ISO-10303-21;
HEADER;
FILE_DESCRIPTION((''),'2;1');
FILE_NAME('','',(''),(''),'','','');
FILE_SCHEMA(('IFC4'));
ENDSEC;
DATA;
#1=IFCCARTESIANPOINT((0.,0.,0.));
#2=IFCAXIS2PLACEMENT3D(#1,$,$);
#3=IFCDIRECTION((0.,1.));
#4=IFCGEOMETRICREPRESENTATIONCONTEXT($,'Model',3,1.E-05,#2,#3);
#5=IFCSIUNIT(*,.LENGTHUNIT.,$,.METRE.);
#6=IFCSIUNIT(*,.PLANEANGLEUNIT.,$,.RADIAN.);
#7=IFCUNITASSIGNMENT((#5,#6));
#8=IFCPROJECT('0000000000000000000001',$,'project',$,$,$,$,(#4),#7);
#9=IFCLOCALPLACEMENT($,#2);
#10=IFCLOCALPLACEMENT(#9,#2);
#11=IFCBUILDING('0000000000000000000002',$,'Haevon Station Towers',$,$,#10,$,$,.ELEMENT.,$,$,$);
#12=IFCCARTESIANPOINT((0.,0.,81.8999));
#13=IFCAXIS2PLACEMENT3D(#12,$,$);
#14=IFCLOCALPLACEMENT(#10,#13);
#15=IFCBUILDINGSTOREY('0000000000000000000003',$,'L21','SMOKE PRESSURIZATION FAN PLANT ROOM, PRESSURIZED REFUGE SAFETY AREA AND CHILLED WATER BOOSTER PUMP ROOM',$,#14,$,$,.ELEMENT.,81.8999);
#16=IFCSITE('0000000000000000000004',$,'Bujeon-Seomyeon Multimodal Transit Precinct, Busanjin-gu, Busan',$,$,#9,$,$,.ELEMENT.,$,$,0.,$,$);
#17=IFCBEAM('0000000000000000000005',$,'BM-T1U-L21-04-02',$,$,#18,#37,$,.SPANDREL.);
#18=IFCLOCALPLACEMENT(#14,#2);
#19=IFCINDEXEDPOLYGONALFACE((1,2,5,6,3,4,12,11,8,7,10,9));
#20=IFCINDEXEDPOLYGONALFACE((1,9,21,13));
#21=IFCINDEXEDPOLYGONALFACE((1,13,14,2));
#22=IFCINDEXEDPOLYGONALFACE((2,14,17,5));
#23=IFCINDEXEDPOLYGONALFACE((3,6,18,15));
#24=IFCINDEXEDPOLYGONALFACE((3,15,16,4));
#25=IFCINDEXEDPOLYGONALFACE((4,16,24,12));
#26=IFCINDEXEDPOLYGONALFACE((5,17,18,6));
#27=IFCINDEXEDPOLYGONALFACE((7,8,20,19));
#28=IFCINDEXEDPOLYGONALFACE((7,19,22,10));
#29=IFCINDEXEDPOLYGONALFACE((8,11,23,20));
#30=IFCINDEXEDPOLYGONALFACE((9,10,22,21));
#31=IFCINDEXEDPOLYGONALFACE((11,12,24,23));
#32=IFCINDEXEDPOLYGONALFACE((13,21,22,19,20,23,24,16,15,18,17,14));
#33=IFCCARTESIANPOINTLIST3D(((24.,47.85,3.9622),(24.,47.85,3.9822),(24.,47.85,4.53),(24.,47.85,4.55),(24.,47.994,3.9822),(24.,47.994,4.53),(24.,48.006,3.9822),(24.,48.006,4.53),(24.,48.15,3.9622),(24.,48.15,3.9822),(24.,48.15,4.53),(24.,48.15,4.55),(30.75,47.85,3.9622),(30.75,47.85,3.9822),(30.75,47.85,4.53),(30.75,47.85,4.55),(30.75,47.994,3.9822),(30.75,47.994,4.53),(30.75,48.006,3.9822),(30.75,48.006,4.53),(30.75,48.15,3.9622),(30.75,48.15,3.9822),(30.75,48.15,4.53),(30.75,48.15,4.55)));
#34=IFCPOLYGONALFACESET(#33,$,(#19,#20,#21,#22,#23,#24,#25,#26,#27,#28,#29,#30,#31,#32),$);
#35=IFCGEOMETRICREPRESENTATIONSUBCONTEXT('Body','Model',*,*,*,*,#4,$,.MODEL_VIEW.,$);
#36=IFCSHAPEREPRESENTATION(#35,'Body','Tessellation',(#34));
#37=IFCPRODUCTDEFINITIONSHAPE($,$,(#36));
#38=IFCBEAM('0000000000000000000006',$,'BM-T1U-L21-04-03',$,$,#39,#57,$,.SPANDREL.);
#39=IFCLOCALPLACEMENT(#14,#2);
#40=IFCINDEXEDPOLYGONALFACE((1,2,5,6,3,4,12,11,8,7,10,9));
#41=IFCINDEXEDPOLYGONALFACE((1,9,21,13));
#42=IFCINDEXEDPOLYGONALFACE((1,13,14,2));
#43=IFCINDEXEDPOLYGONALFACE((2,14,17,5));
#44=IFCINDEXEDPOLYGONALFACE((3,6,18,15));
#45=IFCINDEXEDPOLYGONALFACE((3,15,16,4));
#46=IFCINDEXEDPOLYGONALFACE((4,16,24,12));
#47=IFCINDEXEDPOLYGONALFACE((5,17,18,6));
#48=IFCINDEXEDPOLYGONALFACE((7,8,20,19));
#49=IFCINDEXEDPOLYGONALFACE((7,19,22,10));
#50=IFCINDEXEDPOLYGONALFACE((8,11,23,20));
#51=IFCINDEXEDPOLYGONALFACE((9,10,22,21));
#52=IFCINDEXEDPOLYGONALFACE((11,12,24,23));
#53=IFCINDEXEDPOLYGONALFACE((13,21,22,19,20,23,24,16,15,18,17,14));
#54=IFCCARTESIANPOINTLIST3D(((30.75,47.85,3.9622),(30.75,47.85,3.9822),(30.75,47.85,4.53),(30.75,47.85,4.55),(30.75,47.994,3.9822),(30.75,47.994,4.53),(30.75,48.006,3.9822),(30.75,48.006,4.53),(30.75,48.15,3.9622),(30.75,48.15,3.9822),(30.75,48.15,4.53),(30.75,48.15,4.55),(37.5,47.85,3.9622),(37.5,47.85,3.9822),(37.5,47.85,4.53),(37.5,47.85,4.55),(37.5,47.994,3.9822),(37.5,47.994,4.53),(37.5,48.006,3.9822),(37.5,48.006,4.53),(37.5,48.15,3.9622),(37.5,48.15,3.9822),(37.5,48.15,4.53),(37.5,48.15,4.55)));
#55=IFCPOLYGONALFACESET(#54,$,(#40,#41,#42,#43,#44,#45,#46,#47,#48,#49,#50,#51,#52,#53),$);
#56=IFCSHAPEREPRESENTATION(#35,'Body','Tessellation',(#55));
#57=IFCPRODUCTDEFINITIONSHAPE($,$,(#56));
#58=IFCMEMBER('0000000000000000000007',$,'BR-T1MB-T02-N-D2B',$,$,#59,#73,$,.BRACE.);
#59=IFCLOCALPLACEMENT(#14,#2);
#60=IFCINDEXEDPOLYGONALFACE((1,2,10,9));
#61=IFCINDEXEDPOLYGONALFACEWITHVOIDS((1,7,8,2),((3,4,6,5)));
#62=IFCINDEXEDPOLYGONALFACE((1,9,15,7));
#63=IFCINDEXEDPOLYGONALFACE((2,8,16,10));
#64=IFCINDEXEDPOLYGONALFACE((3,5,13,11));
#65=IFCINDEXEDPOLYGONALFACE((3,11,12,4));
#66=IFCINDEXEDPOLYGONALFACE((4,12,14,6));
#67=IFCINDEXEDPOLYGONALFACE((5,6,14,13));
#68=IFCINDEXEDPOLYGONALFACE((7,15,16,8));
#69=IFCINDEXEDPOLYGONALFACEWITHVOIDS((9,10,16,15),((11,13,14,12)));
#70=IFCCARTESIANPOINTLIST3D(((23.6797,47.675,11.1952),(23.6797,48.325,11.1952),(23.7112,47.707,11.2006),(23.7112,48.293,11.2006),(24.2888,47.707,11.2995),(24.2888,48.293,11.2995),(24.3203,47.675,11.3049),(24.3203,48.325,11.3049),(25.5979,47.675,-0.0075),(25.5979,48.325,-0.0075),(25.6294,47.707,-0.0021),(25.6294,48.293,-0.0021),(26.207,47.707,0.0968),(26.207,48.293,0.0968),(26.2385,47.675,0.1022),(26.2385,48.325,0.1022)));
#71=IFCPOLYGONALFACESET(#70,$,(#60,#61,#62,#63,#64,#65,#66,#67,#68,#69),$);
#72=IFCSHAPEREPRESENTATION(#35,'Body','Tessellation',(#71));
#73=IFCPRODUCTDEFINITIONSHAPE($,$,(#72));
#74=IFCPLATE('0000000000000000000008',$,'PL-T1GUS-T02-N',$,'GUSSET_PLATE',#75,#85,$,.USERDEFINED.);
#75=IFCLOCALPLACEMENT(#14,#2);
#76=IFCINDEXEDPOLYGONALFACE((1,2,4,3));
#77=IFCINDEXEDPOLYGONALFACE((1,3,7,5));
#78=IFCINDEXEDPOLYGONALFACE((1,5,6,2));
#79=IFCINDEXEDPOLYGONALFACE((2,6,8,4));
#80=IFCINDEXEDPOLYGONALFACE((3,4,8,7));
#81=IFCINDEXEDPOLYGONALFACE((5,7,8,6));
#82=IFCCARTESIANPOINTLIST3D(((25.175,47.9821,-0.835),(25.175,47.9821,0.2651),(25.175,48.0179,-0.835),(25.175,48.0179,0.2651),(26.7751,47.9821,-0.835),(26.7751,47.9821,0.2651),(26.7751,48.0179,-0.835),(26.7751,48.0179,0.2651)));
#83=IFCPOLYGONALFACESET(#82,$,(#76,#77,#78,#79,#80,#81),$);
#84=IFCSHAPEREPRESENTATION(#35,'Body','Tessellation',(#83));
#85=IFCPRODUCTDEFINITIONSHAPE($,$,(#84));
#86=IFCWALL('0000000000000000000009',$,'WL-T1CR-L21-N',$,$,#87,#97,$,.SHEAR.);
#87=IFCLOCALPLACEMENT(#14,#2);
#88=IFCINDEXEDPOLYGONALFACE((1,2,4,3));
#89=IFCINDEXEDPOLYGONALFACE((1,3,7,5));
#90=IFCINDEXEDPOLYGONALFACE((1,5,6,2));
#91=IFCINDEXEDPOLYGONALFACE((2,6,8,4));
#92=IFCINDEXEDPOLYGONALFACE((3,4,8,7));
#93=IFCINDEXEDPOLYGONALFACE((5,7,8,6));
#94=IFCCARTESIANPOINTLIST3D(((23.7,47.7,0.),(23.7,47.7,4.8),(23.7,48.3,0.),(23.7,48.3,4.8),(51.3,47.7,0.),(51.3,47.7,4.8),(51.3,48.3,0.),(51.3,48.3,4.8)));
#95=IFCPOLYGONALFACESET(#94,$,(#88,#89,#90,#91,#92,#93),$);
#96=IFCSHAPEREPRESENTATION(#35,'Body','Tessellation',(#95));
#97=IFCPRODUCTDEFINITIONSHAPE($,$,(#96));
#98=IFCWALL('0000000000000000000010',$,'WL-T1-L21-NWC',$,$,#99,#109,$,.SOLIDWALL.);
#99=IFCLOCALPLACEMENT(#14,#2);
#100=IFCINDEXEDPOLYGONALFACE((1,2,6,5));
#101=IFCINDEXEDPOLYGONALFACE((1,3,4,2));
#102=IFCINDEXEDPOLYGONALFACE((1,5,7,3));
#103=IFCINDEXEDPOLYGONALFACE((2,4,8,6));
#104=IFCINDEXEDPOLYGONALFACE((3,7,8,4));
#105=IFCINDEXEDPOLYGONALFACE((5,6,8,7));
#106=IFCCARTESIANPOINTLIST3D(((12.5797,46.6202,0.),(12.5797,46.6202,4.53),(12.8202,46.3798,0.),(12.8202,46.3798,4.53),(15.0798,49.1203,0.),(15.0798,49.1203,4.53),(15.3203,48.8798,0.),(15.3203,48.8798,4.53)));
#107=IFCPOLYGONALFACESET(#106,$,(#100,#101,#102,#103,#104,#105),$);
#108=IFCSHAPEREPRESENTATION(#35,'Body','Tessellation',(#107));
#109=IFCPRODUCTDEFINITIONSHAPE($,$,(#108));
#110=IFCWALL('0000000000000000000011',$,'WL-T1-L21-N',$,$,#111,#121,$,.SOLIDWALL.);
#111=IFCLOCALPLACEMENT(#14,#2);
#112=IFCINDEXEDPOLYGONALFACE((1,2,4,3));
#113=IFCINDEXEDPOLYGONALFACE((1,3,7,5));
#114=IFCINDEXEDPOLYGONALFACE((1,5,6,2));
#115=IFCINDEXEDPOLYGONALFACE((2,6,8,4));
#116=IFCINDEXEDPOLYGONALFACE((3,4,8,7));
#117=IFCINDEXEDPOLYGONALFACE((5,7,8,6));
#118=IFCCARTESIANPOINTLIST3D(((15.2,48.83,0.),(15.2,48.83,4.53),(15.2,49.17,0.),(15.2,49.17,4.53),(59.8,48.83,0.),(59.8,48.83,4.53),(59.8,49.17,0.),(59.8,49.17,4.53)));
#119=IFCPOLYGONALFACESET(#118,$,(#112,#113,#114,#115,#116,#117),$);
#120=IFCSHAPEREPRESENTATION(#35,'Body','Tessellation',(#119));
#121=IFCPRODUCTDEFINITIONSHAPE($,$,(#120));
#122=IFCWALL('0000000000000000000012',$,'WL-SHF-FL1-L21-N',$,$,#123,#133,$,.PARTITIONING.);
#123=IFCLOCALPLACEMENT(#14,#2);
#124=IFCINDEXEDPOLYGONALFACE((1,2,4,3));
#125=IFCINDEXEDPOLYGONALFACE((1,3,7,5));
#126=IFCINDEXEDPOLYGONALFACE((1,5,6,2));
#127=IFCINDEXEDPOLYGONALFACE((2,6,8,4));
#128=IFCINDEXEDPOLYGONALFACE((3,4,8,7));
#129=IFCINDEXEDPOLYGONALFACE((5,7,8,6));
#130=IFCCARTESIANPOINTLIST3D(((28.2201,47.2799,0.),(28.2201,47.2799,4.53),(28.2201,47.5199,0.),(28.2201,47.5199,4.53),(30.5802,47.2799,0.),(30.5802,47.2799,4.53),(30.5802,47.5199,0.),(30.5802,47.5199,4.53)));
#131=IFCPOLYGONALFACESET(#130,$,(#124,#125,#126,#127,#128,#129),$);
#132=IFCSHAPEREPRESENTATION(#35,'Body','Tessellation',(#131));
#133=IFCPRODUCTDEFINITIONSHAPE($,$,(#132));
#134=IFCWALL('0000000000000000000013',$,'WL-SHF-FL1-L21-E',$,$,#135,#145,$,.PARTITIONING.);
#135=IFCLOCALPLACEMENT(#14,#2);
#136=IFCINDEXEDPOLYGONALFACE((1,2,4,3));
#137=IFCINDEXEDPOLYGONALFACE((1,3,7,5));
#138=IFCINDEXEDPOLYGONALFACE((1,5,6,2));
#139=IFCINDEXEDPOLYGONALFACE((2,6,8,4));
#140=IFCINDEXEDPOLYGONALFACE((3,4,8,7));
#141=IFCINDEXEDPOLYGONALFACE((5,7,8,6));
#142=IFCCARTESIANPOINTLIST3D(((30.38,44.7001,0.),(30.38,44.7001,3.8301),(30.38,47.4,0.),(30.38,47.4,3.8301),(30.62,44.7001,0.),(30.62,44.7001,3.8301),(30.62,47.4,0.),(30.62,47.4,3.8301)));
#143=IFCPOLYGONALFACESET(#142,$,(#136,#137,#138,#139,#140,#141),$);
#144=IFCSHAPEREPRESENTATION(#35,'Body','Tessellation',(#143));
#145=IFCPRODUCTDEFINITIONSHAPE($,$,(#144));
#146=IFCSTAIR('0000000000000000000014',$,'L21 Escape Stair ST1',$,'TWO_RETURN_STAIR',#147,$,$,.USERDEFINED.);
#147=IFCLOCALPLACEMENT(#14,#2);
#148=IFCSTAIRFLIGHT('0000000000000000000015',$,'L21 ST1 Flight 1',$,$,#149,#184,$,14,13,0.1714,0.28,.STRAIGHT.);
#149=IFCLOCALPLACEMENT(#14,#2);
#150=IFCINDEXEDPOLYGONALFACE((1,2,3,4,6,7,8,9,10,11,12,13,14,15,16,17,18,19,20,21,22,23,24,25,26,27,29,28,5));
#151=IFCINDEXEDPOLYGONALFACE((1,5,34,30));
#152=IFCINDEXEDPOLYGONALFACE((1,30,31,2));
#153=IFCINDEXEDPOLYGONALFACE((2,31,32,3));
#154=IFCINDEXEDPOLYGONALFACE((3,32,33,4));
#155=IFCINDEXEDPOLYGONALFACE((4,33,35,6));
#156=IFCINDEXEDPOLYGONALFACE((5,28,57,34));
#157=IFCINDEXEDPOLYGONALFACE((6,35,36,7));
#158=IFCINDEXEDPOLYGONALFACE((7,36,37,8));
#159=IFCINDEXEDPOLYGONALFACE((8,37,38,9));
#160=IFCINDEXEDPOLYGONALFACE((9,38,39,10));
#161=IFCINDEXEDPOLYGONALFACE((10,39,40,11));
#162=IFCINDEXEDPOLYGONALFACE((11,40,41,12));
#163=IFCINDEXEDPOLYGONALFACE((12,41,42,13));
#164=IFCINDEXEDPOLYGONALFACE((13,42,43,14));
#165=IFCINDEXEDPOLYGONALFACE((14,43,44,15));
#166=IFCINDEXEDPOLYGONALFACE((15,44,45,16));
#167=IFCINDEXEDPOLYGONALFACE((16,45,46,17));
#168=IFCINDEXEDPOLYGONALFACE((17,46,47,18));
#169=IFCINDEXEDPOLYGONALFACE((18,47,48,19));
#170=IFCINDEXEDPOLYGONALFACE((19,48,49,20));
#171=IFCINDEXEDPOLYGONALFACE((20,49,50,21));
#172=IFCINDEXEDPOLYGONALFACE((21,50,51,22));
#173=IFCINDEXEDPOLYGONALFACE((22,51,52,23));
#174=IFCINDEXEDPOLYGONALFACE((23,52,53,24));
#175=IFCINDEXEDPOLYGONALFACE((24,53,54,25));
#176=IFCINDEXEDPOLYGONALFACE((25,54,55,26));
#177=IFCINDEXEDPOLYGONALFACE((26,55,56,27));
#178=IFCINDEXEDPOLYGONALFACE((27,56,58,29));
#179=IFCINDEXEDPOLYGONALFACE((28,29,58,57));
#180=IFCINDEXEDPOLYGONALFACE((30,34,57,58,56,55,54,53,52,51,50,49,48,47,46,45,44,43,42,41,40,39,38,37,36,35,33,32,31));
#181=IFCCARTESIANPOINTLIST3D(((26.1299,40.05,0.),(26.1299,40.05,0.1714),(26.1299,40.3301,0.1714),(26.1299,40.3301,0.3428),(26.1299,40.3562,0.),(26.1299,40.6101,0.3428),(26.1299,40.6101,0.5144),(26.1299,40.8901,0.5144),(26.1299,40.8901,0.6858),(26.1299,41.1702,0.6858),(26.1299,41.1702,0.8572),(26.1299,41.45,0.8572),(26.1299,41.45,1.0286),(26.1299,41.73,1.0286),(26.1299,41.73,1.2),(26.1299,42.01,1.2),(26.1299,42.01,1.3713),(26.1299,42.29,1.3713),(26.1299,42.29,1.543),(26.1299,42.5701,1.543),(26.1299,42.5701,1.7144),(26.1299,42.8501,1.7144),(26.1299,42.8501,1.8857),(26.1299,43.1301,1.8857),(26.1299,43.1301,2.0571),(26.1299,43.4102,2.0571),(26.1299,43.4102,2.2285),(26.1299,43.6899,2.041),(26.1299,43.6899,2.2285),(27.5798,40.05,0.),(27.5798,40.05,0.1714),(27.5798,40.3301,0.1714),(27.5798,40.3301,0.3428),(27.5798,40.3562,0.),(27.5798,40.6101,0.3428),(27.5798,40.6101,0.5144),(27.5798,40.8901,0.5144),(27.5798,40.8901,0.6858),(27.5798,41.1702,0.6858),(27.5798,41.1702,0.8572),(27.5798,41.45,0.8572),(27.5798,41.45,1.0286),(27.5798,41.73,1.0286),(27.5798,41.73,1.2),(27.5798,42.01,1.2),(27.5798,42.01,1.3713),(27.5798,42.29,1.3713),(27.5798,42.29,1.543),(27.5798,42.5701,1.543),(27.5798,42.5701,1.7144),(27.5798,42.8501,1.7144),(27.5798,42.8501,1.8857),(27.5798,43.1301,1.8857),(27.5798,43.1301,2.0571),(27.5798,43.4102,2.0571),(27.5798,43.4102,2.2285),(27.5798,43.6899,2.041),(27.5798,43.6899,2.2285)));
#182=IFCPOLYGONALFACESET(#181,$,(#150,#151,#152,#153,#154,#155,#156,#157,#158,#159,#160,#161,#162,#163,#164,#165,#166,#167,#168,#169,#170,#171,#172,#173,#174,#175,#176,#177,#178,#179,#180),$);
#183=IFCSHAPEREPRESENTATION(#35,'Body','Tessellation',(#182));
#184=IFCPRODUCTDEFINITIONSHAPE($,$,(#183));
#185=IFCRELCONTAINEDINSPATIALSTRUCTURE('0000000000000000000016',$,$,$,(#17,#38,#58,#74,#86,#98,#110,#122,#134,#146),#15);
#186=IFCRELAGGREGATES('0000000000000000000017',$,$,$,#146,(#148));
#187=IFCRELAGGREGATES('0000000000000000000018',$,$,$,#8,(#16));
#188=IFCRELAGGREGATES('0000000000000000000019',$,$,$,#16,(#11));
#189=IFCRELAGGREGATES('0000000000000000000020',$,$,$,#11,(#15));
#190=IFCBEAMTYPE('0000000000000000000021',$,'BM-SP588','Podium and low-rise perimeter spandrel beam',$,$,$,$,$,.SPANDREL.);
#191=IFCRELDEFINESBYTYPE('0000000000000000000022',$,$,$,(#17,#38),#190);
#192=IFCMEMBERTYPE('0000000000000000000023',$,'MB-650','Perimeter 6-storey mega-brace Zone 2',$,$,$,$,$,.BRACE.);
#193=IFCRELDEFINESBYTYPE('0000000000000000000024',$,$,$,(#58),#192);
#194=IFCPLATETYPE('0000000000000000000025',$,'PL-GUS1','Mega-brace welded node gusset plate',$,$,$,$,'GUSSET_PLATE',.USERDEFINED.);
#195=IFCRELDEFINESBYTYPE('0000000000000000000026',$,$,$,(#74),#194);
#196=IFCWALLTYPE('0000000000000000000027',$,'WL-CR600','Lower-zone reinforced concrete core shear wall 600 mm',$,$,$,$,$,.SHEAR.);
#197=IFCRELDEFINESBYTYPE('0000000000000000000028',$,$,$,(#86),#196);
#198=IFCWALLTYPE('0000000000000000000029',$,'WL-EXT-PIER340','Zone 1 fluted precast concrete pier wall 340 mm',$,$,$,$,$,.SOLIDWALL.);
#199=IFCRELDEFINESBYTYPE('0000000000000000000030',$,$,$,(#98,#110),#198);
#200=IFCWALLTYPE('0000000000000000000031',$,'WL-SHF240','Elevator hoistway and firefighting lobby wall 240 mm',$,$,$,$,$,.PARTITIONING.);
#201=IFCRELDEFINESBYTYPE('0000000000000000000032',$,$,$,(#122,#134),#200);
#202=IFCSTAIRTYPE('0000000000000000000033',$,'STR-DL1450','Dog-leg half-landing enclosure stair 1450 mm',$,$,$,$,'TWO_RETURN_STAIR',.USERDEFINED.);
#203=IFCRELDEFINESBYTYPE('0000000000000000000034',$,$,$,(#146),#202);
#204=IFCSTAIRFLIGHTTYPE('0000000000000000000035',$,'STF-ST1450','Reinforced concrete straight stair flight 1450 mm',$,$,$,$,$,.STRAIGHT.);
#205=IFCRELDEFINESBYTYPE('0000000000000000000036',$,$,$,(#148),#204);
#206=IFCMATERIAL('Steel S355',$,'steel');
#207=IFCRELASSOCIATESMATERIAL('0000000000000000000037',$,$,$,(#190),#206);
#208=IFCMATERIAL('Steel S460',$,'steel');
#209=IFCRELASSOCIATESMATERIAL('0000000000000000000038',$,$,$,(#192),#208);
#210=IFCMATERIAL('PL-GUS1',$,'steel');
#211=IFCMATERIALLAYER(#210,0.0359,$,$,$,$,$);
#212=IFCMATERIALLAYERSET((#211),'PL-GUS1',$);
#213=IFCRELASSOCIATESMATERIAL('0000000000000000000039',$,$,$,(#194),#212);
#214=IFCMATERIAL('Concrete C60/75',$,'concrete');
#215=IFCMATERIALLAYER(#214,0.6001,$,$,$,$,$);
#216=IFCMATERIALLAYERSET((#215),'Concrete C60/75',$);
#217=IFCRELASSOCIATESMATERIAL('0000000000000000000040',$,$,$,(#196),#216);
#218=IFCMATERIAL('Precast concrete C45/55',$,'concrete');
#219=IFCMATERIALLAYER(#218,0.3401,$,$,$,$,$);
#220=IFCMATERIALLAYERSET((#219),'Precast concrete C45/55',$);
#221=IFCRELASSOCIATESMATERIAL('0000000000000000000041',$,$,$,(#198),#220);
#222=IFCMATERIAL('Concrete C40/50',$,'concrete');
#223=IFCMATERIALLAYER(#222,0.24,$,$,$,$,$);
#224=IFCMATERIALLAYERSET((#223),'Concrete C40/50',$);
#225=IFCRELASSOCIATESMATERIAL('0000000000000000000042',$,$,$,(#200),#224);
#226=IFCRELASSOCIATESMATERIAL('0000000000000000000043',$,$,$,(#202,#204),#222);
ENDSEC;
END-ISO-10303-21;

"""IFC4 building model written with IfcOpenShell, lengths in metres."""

from ifc_helpers import new_model, si_unit, direction, frame, frame_2d, origin, origin_2d, place, context, subcontext, project, spatial, polyline, rectangle, hollow_rectangle, i_section, outline, extrude, material, layer, layer_set, material_profile, profile_set, type_object, element, aggregate, save


model = new_model("IFC4")

# Units and contexts
model_context = context("Model", 3, precision=1e-05, world=origin(), true_north=direction((0.0, 1.0)))
body_context = subcontext(model_context, "Body", "Model", "MODEL_VIEW")
ifc_project = project(units=[si_unit("LENGTHUNIT", "METRE"), si_unit("PLANEANGLEUNIT", "RADIAN")], contexts=[model_context])

# Site, building, storey
site_placement = place(None, origin())
site = spatial("IfcSite", under=ifc_project, at=site_placement, Name="Bujeon-Seomyeon Multimodal Transit Precinct, Busanjin-gu, Busan", CompositionType="ELEMENT", RefElevation=0.0)
building_placement = place(site_placement, origin())
building = spatial("IfcBuilding", under=site, at=building_placement, Name="Haevon Station Towers", CompositionType="ELEMENT")
storey_placement = place(building_placement, frame((0.0, 0.0, 81.8999)))
storey = spatial("IfcBuildingStorey", under=building, at=storey_placement, Name="L21", Description="SMOKE PRESSURIZATION FAN PLANT ROOM, PRESSURIZED REFUGE SAFETY AREA AND CHILLED WATER BOOSTER PUMP ROOM", CompositionType="ELEMENT", Elevation=81.8999)

# Shared definitions
ifc_material_1 = material(Name="Steel S460", Category="steel")

# Beams
ifc_material_2 = material(Name="Steel S355", Category="steel")
ifc_material_profile_1 = material_profile(ifc_material_2, i_section(OverallWidth=0.3, OverallDepth=0.5879, WebThickness=0.012, FlangeThickness=0.02, at=origin_2d()), Name="H-588x300x12x20")
ifc_profile_set_1 = profile_set([ifc_material_profile_1], Name="Steel S355")
beam_type_1 = type_object("IfcBeamType", Name="BM-SP588", Description="Podium and low-rise perimeter spandrel beam", PredefinedType="SPANDREL", material=ifc_profile_set_1)
for number, where, z_axis, x_axis, name in (
    (1, (24.0, 48.0, 4.2561), (1.0, 0.0, 0.0), (0.0, 1.0, 0.0), "BM-T1U-L21-04-02"),
    (2, (30.75, 48.0, 4.2561), (1.0, 0.0, 0.0), (0.0, 1.0, 0.0), "BM-T1U-L21-04-03"),
):
    element("IfcBeam", number, at=place(storey_placement, frame(where, z_axis=z_axis, x_axis=x_axis)), inside=storey, type_object=beam_type_1, Name=name, PredefinedType="SPANDREL", context=body_context, shape_type="SweptSolid", body=[
        extrude(i_section(OverallWidth=0.3, OverallDepth=0.5879, WebThickness=0.012, FlangeThickness=0.02, at=origin_2d()), origin(), (0.0, 0.0, 1.0), 6.75),
    ])

# Member
ifc_material_profile_2 = material_profile(ifc_material_1, hollow_rectangle(XDim=0.6499, YDim=0.6499, WallThickness=0.032, at=origin_2d()), Name="RHS-650x650x32")
ifc_profile_set_2 = profile_set([ifc_material_profile_2], Name="Steel S460")
member_type = type_object("IfcMemberType", Name="MB-650", Description="Perimeter 6-storey mega-brace Zone 2", PredefinedType="BRACE", material=ifc_profile_set_2)
member_placement = place(storey_placement, frame((25.9182, 48.0, 0.0474), z_axis=(-0.168772, 0.0, 0.985655), x_axis=(0.0, -1.0, 0.0)))
element("IfcMember", 3, at=member_placement, inside=storey, type_object=member_type, Name="BR-T1MB-T02-N-D2B", PredefinedType="BRACE", context=body_context, shape_type="SweptSolid", body=[
    extrude(hollow_rectangle(XDim=0.6499, YDim=0.6499, WallThickness=0.032, at=origin_2d()), origin(), (0.0, 0.0, 1.0), 11.3657),
])

# Plate
ifc_material_3 = material(Name="PL-GUS1", Category="steel")
ifc_layer_1 = layer(ifc_material_3, 0.0359)
ifc_layer_set_1 = layer_set([ifc_layer_1], Name="PL-GUS1")
plate_type = type_object("IfcPlateType", Name="PL-GUS1", Description="Mega-brace welded node gusset plate", ElementType="GUSSET_PLATE", PredefinedType="USERDEFINED", material=ifc_layer_set_1)
plate_placement = place(storey_placement, frame((25.9751, 48.0, -0.835), z_axis=(0.0, 0.0, 1.0), x_axis=(1.0, 0.0, 0.0)))
element("IfcPlate", 4, at=plate_placement, inside=storey, type_object=plate_type, Name="PL-T1GUS-T02-N", ObjectType="GUSSET_PLATE", PredefinedType="USERDEFINED", context=body_context, shape_type="SweptSolid", body=[
    extrude(rectangle(XDim=1.6001, YDim=0.0359, at=origin_2d()), origin(), (0.0, 0.0, 1.0), 1.1001),
])

# Walls
ifc_material_4 = material(Name="Concrete C60/75", Category="concrete")
ifc_layer_2 = layer(ifc_material_4, 0.6001)
ifc_layer_set_2 = layer_set([ifc_layer_2], Name="Concrete C60/75")
wall_type_1 = type_object("IfcWallType", Name="WL-CR600", Description="Lower-zone reinforced concrete core shear wall 600 mm", PredefinedType="SHEAR", material=ifc_layer_set_2)
wall_1_placement = place(storey_placement, frame((23.7, 48.0, 0.0), z_axis=(0.0, 0.0, 1.0), x_axis=(1.0, 0.0, 0.0)))
element("IfcWall", 5, at=wall_1_placement, inside=storey, type_object=wall_type_1, Name="WL-T1CR-L21-N", PredefinedType="SHEAR", context=body_context, shape_type="SweptSolid", body=[
    extrude(rectangle(XDim=27.6001, YDim=0.6001, at=frame_2d((13.8, 0.0))), origin(), (0.0, 0.0, 1.0), 4.8),
])
ifc_material_5 = material(Name="Precast concrete C45/55", Category="concrete")
ifc_layer_3 = layer(ifc_material_5, 0.3401)
ifc_layer_set_3 = layer_set([ifc_layer_3], Name="Precast concrete C45/55")
wall_type_2 = type_object("IfcWallType", Name="WL-EXT-PIER340", Description="Zone 1 fluted precast concrete pier wall 340 mm", PredefinedType="SOLIDWALL", material=ifc_layer_set_3)
wall_2_placement = place(storey_placement, frame((12.7, 46.5, 0.0), z_axis=(0.0, 0.0, 1.0), x_axis=(0.707107, 0.707107, 0.0)))
element("IfcWall", 6, at=wall_2_placement, inside=storey, type_object=wall_type_2, Name="WL-T1-L21-NWC", PredefinedType="SOLIDWALL", context=body_context, shape_type="SweptSolid", body=[
    extrude(rectangle(XDim=3.5356, YDim=0.3401, at=frame_2d((1.7678, 0.0))), origin(), (0.0, 0.0, 1.0), 4.53),
])
wall_3_placement = place(storey_placement, frame((15.2, 49.0, 0.0), z_axis=(0.0, 0.0, 1.0), x_axis=(1.0, 0.0, 0.0)))
element("IfcWall", 7, at=wall_3_placement, inside=storey, type_object=wall_type_2, Name="WL-T1-L21-N", PredefinedType="SOLIDWALL", context=body_context, shape_type="SweptSolid", body=[
    extrude(rectangle(XDim=44.6001, YDim=0.3401, at=frame_2d((22.3, 0.0))), origin(), (0.0, 0.0, 1.0), 4.53),
])

# Shared definitions
ifc_material_6 = material(Name="Concrete C40/50", Category="concrete")
ifc_layer_4 = layer(ifc_material_6, 0.24)
ifc_layer_set_4 = layer_set([ifc_layer_4], Name="Concrete C40/50")
wall_type_3 = type_object("IfcWallType", Name="WL-SHF240", Description="Elevator hoistway and firefighting lobby wall 240 mm", PredefinedType="PARTITIONING", material=ifc_layer_set_4)

# Walls
wall_4_placement = place(storey_placement, frame((28.22, 47.3999, 0.0), z_axis=(0.0, 0.0, 1.0), x_axis=(1.0, 0.0, 0.0)))
element("IfcWall", 8, at=wall_4_placement, inside=storey, type_object=wall_type_3, Name="WL-SHF-FL1-L21-N", PredefinedType="PARTITIONING", context=body_context, shape_type="SweptSolid", body=[
    extrude(rectangle(XDim=2.3601, YDim=0.24, at=frame_2d((1.1802, 0.0))), origin(), (0.0, 0.0, 1.0), 4.53),
])
wall_5_placement = place(storey_placement, frame((30.5, 44.7, 0.0), z_axis=(0.0, 0.0, 1.0), x_axis=(0.0, 1.0, 0.0)))
element("IfcWall", 9, at=wall_5_placement, inside=storey, type_object=wall_type_3, Name="WL-SHF-FL1-L21-E", PredefinedType="PARTITIONING", context=body_context, shape_type="SweptSolid", body=[
    extrude(rectangle(XDim=2.7, YDim=0.24, at=frame_2d((1.3501, 0.0))), origin(), (0.0, 0.0, 1.0), 3.8301),
])

# Stair, stair flight
stair_type = type_object("IfcStairType", Name="STR-DL1450", Description="Dog-leg half-landing enclosure stair 1450 mm", ElementType="TWO_RETURN_STAIR", PredefinedType="USERDEFINED", material=ifc_material_6)
stair_placement = place(storey_placement, origin())
stair = element("IfcStair", 10, at=stair_placement, inside=storey, type_object=stair_type, Name="L21 Escape Stair ST1", ObjectType="TWO_RETURN_STAIR", PredefinedType="USERDEFINED")
stair_flight_type = type_object("IfcStairFlightType", Name="STF-ST1450", Description="Reinforced concrete straight stair flight 1450 mm", PredefinedType="STRAIGHT", material=ifc_material_6)
stair_flight_1_placement = place(storey_placement, frame((26.855, 40.05, 0.0), z_axis=(0.0, 0.0, 1.0), x_axis=(0.0, 1.0, 0.0)))
stair_flight_1 = element("IfcStairFlight", 11, at=stair_flight_1_placement, type_object=stair_flight_type, Name="L21 ST1 Flight 1", NumberOfRisers=14, NumberOfTreads=13, PredefinedType="STRAIGHT", RiserHeight=0.1714, TreadLength=0.28, context=body_context, shape_type="SweptSolid", body=[
    extrude(outline(polyline([(0.0, 0.0), (0.0, 0.1714), (0.28, 0.1714), (0.28, 0.3428), (0.5601, 0.3428), (0.5601, 0.5144), (0.8401, 0.5144), (0.8401, 0.6858), (1.1201, 0.6858), (1.1201, 0.8572), (1.3999, 0.8572), (1.3999, 1.0286), (1.6799, 1.0286), (1.6799, 1.2), (1.96, 1.2), (1.96, 1.3713), (2.24, 1.3713), (2.24, 1.543), (2.52, 1.543), (2.52, 1.7144), (2.8, 1.7144), (2.8, 1.8857), (3.0801, 1.8857), (3.0801, 2.0571), (3.3601, 2.0571), (3.3601, 2.2285), (3.6399, 2.2285), (3.6399, 2.3999), (3.6399, 2.041), (0.3062, 0.0), (0.0, 0.0)])), frame((0.0, 0.7251, 0.0), z_axis=(0.0, -1.0, 0.0), x_axis=(1.0, 0.0, 0.0)), (0.0, 0.0, 1.0), 1.45),
])
aggregate(stair, [stair_flight_1])

save(model, "model.ifc")
